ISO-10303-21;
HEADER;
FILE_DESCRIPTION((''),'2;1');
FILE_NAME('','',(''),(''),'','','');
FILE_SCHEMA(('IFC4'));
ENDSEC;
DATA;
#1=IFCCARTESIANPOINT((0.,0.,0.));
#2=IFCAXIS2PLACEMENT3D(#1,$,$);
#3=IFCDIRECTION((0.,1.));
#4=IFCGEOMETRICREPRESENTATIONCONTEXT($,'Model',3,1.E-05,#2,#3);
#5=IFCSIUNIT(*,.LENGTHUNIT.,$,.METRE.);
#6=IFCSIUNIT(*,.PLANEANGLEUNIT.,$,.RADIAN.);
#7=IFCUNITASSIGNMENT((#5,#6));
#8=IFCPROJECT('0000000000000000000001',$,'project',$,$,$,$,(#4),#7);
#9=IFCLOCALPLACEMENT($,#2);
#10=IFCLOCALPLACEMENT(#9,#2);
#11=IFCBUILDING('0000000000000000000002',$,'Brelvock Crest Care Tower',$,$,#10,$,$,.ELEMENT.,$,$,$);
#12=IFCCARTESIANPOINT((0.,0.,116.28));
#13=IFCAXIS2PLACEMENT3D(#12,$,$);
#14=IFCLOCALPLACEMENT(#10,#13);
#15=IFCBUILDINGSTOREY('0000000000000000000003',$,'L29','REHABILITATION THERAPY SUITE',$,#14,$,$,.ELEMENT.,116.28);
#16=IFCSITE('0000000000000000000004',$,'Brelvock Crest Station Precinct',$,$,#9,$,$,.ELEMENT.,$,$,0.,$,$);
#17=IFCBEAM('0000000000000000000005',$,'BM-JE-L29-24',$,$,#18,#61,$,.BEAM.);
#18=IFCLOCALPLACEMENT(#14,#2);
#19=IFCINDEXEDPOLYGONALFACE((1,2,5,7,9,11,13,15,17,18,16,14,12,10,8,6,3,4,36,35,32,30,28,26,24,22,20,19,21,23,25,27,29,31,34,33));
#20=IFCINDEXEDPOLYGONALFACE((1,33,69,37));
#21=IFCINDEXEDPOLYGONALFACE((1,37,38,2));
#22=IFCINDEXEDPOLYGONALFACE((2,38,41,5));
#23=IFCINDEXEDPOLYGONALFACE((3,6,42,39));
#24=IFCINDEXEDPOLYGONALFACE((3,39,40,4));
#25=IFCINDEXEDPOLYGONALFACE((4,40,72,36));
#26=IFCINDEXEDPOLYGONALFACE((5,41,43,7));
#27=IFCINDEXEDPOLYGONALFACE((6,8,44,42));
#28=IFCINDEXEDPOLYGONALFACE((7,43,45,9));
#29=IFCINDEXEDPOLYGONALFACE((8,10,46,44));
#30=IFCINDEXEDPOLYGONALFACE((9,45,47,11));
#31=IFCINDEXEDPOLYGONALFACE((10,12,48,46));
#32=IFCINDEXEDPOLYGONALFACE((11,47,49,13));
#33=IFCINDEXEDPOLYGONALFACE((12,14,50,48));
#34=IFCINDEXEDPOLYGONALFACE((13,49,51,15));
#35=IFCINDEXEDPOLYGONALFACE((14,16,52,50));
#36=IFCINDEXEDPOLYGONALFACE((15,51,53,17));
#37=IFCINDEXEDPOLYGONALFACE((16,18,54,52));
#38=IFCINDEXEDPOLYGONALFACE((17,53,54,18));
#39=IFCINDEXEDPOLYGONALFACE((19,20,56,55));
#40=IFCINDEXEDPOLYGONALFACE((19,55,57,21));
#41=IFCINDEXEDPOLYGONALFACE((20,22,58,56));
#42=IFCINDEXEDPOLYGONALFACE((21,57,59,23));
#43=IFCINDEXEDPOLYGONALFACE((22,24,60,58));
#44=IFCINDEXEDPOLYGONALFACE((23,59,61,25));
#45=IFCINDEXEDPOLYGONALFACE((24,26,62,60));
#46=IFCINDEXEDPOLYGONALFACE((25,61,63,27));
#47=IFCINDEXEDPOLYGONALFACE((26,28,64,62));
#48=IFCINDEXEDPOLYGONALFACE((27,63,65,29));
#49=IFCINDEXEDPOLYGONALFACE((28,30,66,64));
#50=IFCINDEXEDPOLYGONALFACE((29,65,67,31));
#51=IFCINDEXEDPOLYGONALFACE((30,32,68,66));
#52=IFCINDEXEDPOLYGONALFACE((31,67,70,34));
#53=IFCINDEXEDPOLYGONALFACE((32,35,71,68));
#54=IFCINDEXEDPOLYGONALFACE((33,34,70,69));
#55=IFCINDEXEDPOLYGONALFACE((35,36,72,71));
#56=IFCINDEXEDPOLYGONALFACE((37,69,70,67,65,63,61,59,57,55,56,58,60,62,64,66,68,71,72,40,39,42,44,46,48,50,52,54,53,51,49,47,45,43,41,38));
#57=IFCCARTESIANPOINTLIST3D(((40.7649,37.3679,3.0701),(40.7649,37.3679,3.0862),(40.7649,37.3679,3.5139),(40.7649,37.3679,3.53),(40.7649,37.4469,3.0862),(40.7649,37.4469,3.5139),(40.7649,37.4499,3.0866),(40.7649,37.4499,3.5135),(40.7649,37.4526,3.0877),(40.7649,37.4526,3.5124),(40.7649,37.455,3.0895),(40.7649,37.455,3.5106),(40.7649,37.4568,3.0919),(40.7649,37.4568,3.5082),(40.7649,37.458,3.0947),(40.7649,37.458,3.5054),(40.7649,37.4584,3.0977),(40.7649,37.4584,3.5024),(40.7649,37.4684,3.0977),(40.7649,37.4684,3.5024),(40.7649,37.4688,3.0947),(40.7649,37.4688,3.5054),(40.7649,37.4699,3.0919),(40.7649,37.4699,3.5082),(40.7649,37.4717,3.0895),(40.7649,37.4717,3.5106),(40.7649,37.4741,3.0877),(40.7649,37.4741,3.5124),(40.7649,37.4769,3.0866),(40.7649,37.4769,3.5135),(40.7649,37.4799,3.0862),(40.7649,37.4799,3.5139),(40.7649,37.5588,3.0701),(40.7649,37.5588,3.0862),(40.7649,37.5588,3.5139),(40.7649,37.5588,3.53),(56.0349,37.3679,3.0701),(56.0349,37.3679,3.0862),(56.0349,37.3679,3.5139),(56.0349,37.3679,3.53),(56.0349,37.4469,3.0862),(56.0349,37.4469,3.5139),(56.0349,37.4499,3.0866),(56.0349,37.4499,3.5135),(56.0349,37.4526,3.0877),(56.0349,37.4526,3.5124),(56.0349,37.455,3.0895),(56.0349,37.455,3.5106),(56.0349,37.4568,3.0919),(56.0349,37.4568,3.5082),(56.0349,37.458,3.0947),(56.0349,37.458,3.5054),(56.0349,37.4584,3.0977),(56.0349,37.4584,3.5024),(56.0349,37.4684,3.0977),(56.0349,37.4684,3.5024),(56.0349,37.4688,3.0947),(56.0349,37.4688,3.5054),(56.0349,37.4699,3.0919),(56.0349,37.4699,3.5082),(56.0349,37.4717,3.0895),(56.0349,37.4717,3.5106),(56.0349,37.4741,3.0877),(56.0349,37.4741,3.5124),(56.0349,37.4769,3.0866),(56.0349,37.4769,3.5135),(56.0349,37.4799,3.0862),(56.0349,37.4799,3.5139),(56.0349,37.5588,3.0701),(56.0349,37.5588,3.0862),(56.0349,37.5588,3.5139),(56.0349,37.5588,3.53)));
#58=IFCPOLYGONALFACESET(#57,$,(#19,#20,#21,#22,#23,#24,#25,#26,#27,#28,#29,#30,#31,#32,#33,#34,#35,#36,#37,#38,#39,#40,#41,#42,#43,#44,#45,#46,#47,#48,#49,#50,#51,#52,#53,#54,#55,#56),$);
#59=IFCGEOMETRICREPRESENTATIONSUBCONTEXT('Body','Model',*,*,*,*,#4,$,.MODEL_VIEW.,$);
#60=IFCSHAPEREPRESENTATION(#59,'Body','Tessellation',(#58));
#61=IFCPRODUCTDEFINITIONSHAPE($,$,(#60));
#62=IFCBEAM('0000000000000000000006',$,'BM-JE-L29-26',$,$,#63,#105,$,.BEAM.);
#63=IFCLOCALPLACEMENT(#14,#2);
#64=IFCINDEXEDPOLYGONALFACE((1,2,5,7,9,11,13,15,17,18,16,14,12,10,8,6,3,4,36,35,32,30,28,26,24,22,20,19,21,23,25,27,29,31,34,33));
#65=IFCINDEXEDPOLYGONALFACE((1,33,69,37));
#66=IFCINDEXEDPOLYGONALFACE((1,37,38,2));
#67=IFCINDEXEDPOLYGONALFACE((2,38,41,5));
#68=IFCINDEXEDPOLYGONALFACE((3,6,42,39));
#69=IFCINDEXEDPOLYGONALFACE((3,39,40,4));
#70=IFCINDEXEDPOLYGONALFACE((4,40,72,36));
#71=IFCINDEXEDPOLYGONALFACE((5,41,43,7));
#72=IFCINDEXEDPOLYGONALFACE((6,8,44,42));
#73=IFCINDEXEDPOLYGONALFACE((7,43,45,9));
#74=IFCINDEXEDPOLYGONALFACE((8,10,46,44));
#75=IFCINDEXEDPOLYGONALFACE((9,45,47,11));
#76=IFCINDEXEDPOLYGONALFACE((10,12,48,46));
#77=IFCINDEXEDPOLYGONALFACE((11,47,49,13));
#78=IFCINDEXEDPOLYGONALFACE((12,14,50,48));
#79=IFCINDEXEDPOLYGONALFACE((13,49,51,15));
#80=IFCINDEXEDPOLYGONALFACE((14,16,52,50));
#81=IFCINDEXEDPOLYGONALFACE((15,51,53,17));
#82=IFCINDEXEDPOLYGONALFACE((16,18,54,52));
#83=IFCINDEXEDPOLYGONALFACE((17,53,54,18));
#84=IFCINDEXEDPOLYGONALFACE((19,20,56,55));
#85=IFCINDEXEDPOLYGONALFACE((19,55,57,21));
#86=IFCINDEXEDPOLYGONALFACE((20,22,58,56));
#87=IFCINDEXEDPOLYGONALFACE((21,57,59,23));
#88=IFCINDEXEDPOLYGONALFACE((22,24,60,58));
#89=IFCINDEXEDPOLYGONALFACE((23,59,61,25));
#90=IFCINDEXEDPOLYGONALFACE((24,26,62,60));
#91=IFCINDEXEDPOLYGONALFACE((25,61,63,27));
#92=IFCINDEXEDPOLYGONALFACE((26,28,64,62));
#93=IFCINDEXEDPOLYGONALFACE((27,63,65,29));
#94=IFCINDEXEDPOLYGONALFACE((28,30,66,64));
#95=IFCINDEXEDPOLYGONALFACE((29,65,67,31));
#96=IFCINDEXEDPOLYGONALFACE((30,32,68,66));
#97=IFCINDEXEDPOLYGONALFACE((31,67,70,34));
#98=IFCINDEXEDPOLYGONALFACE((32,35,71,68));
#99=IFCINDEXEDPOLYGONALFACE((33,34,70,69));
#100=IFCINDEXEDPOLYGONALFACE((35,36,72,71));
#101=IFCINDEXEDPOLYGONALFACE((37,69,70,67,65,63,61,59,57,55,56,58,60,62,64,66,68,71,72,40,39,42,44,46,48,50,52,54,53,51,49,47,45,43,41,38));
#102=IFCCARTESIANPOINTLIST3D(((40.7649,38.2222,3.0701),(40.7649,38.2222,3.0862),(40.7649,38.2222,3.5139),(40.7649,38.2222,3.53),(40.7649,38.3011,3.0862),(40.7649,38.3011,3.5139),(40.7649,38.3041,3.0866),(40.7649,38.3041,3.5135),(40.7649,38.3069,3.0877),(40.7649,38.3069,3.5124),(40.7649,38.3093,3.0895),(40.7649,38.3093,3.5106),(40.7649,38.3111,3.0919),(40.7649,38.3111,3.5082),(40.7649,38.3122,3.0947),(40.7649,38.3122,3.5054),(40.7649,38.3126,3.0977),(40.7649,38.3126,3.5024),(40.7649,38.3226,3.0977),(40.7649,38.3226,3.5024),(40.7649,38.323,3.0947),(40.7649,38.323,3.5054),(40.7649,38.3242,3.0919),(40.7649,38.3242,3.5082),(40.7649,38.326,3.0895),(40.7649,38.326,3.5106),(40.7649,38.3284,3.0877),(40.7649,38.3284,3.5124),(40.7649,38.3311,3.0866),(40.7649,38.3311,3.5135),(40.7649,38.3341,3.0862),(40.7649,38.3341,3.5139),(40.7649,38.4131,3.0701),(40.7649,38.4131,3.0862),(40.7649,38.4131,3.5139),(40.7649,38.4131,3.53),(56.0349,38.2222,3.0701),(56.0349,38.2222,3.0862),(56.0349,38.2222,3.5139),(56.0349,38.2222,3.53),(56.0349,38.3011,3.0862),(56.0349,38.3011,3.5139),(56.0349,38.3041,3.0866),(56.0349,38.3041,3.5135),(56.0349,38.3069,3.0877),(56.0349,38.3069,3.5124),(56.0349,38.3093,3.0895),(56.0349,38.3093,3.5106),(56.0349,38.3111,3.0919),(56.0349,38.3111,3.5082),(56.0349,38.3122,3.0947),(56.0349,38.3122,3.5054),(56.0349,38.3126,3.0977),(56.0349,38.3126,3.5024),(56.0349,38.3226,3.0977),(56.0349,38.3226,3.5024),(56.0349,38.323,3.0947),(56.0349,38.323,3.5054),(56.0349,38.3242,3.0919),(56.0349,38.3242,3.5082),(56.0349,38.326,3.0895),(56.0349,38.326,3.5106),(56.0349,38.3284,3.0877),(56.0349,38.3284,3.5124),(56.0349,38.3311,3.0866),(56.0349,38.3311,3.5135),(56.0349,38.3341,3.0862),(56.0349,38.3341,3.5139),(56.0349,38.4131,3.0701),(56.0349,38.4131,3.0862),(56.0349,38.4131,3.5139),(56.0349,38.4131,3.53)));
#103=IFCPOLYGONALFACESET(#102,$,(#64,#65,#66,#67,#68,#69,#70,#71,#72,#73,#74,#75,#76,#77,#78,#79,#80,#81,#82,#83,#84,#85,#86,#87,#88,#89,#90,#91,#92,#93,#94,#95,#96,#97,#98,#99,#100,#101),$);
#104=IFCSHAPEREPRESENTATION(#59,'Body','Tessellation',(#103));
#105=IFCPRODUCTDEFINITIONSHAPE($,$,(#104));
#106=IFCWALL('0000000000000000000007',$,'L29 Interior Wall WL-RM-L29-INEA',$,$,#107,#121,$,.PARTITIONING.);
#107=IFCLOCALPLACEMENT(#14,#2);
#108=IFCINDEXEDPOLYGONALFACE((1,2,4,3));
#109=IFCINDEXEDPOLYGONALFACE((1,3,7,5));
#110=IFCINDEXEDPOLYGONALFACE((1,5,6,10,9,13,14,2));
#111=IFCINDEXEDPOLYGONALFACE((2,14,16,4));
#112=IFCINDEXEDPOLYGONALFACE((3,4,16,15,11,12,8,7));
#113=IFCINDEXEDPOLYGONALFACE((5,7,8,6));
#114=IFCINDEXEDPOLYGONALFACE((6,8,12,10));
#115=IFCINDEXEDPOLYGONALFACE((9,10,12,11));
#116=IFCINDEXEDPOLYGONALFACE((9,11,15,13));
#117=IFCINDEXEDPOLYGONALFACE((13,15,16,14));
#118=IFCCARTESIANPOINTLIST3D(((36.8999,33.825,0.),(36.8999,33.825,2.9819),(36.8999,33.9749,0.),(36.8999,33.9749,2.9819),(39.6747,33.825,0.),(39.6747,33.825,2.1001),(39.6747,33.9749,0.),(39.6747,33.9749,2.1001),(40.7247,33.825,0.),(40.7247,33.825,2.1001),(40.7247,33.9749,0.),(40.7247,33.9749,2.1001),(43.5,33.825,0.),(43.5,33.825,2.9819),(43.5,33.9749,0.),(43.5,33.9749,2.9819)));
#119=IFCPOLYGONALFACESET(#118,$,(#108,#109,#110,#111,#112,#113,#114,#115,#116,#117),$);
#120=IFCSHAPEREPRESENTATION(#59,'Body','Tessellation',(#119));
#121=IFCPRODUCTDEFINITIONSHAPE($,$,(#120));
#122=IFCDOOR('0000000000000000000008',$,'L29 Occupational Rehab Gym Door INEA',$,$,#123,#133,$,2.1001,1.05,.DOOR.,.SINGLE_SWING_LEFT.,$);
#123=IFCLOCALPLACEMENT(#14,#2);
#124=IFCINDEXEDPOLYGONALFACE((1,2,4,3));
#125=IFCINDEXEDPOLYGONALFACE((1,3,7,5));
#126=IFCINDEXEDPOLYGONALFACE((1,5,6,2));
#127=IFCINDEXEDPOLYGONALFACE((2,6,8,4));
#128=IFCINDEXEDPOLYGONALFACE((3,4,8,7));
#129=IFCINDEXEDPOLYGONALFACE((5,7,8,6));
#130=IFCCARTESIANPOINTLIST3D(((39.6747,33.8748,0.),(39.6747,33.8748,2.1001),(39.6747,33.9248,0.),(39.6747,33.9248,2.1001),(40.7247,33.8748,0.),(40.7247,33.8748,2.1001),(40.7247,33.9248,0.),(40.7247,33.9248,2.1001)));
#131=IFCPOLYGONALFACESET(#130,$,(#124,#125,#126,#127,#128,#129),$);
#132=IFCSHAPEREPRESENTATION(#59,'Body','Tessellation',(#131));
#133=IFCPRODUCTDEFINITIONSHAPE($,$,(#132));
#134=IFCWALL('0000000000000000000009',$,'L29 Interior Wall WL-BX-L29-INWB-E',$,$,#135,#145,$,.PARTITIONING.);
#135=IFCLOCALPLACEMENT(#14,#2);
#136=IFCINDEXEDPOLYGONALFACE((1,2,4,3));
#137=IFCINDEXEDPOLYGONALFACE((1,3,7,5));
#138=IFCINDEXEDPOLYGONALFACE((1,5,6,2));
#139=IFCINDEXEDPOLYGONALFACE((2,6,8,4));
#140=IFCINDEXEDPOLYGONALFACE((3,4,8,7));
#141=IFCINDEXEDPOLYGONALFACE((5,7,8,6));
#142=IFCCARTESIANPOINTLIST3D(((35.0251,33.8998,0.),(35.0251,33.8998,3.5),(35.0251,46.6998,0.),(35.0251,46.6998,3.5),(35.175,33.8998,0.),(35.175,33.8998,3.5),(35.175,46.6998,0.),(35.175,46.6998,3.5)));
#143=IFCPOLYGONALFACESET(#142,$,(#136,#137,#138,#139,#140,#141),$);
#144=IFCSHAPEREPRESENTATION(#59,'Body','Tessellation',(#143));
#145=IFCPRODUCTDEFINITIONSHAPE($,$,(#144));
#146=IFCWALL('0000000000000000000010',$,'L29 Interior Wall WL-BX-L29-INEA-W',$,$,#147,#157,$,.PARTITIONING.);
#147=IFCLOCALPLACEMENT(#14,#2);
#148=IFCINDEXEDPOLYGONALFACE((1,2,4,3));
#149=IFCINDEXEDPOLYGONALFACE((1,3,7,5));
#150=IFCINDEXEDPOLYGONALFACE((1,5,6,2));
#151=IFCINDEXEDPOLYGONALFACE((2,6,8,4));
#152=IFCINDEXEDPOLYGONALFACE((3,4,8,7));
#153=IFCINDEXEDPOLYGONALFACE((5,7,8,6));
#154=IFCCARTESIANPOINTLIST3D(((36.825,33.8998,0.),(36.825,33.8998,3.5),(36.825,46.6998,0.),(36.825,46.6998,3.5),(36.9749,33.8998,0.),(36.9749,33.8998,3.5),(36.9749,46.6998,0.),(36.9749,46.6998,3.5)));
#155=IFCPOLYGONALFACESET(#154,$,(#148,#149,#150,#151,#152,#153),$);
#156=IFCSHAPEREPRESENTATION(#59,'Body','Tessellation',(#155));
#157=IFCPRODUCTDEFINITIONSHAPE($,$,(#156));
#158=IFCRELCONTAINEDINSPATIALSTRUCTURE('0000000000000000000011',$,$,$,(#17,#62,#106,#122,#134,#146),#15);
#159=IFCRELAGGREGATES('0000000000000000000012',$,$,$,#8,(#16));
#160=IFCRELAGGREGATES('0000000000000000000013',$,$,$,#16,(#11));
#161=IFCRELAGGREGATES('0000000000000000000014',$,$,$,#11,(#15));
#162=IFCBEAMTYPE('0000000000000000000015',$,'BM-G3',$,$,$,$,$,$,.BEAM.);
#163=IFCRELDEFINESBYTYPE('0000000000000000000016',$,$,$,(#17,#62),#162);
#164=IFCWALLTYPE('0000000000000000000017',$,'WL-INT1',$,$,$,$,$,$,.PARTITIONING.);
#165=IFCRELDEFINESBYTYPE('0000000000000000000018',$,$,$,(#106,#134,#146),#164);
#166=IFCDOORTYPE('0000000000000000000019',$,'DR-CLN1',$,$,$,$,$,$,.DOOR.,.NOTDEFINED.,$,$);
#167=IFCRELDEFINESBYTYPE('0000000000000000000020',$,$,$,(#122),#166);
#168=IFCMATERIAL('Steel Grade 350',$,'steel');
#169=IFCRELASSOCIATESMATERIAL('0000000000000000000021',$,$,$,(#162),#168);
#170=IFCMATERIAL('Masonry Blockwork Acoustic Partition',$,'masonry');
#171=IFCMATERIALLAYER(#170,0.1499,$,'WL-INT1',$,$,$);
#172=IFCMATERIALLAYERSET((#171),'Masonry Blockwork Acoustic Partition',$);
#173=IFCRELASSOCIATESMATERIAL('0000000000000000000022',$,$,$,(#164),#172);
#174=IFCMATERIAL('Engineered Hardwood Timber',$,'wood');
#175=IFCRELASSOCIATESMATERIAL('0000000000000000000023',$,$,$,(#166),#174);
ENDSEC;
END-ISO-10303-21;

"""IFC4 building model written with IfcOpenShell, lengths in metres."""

from ifc_helpers import new_model, si_unit, direction, frame, frame_2d, origin, origin_2d, place, context, subcontext, project, spatial, rectangle, i_section, extrude, source, transform, mapped, material, layer, layer_set, material_profile, profile_set, type_object, element, fill, save


model = new_model("IFC4")

# Units and contexts
model_context = context("Model", 3, precision=1e-05, world=origin(), true_north=direction((0.0, 1.0)))
body_context = subcontext(model_context, "Body", "Model", "MODEL_VIEW")
ifc_project = project(units=[si_unit("LENGTHUNIT", "METRE"), si_unit("PLANEANGLEUNIT", "RADIAN")], contexts=[model_context])

# Site, building, storey
site_placement = place(None, origin())
site = spatial("IfcSite", under=ifc_project, at=site_placement, Name="Brelvock Crest Station Precinct", CompositionType="ELEMENT", RefElevation=0.0)
building_placement = place(site_placement, origin())
building = spatial("IfcBuilding", under=site, at=building_placement, Name="Brelvock Crest Care Tower", CompositionType="ELEMENT")
storey_placement = place(building_placement, frame((0.0, 0.0, 116.28)))
storey = spatial("IfcBuildingStorey", under=building, at=storey_placement, Name="L29", Description="REHABILITATION THERAPY SUITE", CompositionType="ELEMENT", Elevation=116.28)

# Beams
ifc_material_1 = material(Name="Steel Grade 350", Category="steel")
ifc_material_profile_1 = material_profile(ifc_material_1, i_section(OverallWidth=0.1909, OverallDepth=0.46, WebThickness=0.01, FlangeThickness=0.0161, FilletRadius=0.0115, at=origin_2d()), Name="460UB82.1")
ifc_profile_set_1 = profile_set([ifc_material_profile_1], Name="Steel Grade 350")
beam_type_1 = type_object("IfcBeamType", Name="BM-G3", PredefinedType="BEAM", material=ifc_profile_set_1)
shared_shape_1 = source(origin(), body_context, "Body", "SweptSolid", [
    extrude(i_section(OverallWidth=0.1909, OverallDepth=0.46, WebThickness=0.01, FlangeThickness=0.0161, FilletRadius=0.0115, at=origin_2d()), origin(), (0.0, 0.0, 1.0), 15.27),
])
for number, where, z_axis, x_axis, name in (
    (1, (40.7649, 37.4634, 3.3), (1.0, 0.0, 0.0), (0.0, 1.0, 0.0), "BM-JE-L29-24"),
    (2, (40.7649, 38.3176, 3.3), (1.0, 0.0, 0.0), (0.0, 1.0, 0.0), "BM-JE-L29-26"),
):
    element("IfcBeam", number, at=place(storey_placement, frame(where, z_axis=z_axis, x_axis=x_axis)), inside=storey, type_object=beam_type_1, Name=name, PredefinedType="BEAM", context=body_context, shape_type="MappedRepresentation", body=[
        mapped(shared_shape_1, transform((0.0, 0.0, 0.0), x_axis=(1.0, 0.0, 0.0), y_axis=(0.0, 1.0, 0.0), z_axis=(0.0, 0.0, 1.0), scale=1.0)),
    ])

# Wall, opening, door
ifc_material_2 = material(Name="Masonry Blockwork Acoustic Partition", Category="masonry")
ifc_layer = layer(ifc_material_2, 0.1499, Name="WL-INT1")
ifc_layer_set = layer_set([ifc_layer], Name="Masonry Blockwork Acoustic Partition")
wall_type = type_object("IfcWallType", Name="WL-INT1", PredefinedType="PARTITIONING", material=ifc_layer_set)
wall_placement = place(storey_placement, frame((36.8999, 33.8999, 0.0), z_axis=(0.0, 0.0, 1.0), x_axis=(1.0, 0.0, 0.0)))
wall = element("IfcWall", 3, at=wall_placement, inside=storey, type_object=wall_type, Name="L29 Interior Wall WL-RM-L29-INEA", PredefinedType="PARTITIONING", context=body_context, shape_type="SweptSolid", body=[
    extrude(rectangle(XDim=6.6001, YDim=0.1499, at=frame_2d((3.3, 0.0))), origin(), (0.0, 0.0, 1.0), 2.9819),
])
opening_placement = place(wall_placement, frame((2.7749, 0.0, 0.0)))
opening = element("IfcOpeningElement", 4, at=opening_placement, cuts=wall, PredefinedType="OPENING", context=body_context, shape_type="SweptSolid", body=[
    extrude(rectangle(XDim=1.05, YDim=2.1001, at=origin_2d()), frame((0.5249, 0.085, 1.05), z_axis=(0.0, -1.0, 0.0), x_axis=(1.0, 0.0, 0.0)), (0.0, 0.0, 1.0), 0.1699),
])
ifc_material_3 = material(Name="Engineered Hardwood Timber", Category="wood")
door_type = type_object("IfcDoorType", Name="DR-CLN1", OperationType="NOTDEFINED", PredefinedType="DOOR", material=ifc_material_3)
shared_shape_2 = source(origin(), body_context, "Body", "SweptSolid", [
    extrude(rectangle(XDim=1.05, YDim=2.1001, at=origin_2d()), frame((0.5249, 0.0249, 1.05), z_axis=(0.0, -1.0, 0.0), x_axis=(1.0, 0.0, 0.0)), (0.0, 0.0, 1.0), 0.05),
])
door_placement = place(opening_placement, origin())
door = element("IfcDoor", 5, at=door_placement, inside=storey, type_object=door_type, Name="L29 Occupational Rehab Gym Door INEA", OperationType="SINGLE_SWING_LEFT", OverallHeight=2.1001, OverallWidth=1.05, PredefinedType="DOOR", context=body_context, shape_type="MappedRepresentation", body=[
    mapped(shared_shape_2, transform((0.0, 0.0, 0.0), x_axis=(1.0, 0.0, 0.0), y_axis=(0.0, 1.0, 0.0), z_axis=(0.0, 0.0, 1.0), scale=1.0)),
])
fill(opening, door)

# Walls
for number, where, z_axis, x_axis, name in (
    (6, (35.1001, 33.8999, 0.0), (0.0, 0.0, 1.0), (0.0, 1.0, 0.0), "L29 Interior Wall WL-BX-L29-INWB-E"),
    (7, (36.8999, 33.8999, 0.0), (0.0, 0.0, 1.0), (0.0, 1.0, 0.0), "L29 Interior Wall WL-BX-L29-INEA-W"),
):
    element("IfcWall", number, at=place(storey_placement, frame(where, z_axis=z_axis, x_axis=x_axis)), inside=storey, type_object=wall_type, Name=name, PredefinedType="PARTITIONING", context=body_context, shape_type="SweptSolid", body=[
        extrude(rectangle(XDim=12.8, YDim=0.1499, at=frame_2d((6.3999, 0.0))), origin(), (0.0, 0.0, 1.0), 3.5),
    ])

save(model, "model.ifc")
